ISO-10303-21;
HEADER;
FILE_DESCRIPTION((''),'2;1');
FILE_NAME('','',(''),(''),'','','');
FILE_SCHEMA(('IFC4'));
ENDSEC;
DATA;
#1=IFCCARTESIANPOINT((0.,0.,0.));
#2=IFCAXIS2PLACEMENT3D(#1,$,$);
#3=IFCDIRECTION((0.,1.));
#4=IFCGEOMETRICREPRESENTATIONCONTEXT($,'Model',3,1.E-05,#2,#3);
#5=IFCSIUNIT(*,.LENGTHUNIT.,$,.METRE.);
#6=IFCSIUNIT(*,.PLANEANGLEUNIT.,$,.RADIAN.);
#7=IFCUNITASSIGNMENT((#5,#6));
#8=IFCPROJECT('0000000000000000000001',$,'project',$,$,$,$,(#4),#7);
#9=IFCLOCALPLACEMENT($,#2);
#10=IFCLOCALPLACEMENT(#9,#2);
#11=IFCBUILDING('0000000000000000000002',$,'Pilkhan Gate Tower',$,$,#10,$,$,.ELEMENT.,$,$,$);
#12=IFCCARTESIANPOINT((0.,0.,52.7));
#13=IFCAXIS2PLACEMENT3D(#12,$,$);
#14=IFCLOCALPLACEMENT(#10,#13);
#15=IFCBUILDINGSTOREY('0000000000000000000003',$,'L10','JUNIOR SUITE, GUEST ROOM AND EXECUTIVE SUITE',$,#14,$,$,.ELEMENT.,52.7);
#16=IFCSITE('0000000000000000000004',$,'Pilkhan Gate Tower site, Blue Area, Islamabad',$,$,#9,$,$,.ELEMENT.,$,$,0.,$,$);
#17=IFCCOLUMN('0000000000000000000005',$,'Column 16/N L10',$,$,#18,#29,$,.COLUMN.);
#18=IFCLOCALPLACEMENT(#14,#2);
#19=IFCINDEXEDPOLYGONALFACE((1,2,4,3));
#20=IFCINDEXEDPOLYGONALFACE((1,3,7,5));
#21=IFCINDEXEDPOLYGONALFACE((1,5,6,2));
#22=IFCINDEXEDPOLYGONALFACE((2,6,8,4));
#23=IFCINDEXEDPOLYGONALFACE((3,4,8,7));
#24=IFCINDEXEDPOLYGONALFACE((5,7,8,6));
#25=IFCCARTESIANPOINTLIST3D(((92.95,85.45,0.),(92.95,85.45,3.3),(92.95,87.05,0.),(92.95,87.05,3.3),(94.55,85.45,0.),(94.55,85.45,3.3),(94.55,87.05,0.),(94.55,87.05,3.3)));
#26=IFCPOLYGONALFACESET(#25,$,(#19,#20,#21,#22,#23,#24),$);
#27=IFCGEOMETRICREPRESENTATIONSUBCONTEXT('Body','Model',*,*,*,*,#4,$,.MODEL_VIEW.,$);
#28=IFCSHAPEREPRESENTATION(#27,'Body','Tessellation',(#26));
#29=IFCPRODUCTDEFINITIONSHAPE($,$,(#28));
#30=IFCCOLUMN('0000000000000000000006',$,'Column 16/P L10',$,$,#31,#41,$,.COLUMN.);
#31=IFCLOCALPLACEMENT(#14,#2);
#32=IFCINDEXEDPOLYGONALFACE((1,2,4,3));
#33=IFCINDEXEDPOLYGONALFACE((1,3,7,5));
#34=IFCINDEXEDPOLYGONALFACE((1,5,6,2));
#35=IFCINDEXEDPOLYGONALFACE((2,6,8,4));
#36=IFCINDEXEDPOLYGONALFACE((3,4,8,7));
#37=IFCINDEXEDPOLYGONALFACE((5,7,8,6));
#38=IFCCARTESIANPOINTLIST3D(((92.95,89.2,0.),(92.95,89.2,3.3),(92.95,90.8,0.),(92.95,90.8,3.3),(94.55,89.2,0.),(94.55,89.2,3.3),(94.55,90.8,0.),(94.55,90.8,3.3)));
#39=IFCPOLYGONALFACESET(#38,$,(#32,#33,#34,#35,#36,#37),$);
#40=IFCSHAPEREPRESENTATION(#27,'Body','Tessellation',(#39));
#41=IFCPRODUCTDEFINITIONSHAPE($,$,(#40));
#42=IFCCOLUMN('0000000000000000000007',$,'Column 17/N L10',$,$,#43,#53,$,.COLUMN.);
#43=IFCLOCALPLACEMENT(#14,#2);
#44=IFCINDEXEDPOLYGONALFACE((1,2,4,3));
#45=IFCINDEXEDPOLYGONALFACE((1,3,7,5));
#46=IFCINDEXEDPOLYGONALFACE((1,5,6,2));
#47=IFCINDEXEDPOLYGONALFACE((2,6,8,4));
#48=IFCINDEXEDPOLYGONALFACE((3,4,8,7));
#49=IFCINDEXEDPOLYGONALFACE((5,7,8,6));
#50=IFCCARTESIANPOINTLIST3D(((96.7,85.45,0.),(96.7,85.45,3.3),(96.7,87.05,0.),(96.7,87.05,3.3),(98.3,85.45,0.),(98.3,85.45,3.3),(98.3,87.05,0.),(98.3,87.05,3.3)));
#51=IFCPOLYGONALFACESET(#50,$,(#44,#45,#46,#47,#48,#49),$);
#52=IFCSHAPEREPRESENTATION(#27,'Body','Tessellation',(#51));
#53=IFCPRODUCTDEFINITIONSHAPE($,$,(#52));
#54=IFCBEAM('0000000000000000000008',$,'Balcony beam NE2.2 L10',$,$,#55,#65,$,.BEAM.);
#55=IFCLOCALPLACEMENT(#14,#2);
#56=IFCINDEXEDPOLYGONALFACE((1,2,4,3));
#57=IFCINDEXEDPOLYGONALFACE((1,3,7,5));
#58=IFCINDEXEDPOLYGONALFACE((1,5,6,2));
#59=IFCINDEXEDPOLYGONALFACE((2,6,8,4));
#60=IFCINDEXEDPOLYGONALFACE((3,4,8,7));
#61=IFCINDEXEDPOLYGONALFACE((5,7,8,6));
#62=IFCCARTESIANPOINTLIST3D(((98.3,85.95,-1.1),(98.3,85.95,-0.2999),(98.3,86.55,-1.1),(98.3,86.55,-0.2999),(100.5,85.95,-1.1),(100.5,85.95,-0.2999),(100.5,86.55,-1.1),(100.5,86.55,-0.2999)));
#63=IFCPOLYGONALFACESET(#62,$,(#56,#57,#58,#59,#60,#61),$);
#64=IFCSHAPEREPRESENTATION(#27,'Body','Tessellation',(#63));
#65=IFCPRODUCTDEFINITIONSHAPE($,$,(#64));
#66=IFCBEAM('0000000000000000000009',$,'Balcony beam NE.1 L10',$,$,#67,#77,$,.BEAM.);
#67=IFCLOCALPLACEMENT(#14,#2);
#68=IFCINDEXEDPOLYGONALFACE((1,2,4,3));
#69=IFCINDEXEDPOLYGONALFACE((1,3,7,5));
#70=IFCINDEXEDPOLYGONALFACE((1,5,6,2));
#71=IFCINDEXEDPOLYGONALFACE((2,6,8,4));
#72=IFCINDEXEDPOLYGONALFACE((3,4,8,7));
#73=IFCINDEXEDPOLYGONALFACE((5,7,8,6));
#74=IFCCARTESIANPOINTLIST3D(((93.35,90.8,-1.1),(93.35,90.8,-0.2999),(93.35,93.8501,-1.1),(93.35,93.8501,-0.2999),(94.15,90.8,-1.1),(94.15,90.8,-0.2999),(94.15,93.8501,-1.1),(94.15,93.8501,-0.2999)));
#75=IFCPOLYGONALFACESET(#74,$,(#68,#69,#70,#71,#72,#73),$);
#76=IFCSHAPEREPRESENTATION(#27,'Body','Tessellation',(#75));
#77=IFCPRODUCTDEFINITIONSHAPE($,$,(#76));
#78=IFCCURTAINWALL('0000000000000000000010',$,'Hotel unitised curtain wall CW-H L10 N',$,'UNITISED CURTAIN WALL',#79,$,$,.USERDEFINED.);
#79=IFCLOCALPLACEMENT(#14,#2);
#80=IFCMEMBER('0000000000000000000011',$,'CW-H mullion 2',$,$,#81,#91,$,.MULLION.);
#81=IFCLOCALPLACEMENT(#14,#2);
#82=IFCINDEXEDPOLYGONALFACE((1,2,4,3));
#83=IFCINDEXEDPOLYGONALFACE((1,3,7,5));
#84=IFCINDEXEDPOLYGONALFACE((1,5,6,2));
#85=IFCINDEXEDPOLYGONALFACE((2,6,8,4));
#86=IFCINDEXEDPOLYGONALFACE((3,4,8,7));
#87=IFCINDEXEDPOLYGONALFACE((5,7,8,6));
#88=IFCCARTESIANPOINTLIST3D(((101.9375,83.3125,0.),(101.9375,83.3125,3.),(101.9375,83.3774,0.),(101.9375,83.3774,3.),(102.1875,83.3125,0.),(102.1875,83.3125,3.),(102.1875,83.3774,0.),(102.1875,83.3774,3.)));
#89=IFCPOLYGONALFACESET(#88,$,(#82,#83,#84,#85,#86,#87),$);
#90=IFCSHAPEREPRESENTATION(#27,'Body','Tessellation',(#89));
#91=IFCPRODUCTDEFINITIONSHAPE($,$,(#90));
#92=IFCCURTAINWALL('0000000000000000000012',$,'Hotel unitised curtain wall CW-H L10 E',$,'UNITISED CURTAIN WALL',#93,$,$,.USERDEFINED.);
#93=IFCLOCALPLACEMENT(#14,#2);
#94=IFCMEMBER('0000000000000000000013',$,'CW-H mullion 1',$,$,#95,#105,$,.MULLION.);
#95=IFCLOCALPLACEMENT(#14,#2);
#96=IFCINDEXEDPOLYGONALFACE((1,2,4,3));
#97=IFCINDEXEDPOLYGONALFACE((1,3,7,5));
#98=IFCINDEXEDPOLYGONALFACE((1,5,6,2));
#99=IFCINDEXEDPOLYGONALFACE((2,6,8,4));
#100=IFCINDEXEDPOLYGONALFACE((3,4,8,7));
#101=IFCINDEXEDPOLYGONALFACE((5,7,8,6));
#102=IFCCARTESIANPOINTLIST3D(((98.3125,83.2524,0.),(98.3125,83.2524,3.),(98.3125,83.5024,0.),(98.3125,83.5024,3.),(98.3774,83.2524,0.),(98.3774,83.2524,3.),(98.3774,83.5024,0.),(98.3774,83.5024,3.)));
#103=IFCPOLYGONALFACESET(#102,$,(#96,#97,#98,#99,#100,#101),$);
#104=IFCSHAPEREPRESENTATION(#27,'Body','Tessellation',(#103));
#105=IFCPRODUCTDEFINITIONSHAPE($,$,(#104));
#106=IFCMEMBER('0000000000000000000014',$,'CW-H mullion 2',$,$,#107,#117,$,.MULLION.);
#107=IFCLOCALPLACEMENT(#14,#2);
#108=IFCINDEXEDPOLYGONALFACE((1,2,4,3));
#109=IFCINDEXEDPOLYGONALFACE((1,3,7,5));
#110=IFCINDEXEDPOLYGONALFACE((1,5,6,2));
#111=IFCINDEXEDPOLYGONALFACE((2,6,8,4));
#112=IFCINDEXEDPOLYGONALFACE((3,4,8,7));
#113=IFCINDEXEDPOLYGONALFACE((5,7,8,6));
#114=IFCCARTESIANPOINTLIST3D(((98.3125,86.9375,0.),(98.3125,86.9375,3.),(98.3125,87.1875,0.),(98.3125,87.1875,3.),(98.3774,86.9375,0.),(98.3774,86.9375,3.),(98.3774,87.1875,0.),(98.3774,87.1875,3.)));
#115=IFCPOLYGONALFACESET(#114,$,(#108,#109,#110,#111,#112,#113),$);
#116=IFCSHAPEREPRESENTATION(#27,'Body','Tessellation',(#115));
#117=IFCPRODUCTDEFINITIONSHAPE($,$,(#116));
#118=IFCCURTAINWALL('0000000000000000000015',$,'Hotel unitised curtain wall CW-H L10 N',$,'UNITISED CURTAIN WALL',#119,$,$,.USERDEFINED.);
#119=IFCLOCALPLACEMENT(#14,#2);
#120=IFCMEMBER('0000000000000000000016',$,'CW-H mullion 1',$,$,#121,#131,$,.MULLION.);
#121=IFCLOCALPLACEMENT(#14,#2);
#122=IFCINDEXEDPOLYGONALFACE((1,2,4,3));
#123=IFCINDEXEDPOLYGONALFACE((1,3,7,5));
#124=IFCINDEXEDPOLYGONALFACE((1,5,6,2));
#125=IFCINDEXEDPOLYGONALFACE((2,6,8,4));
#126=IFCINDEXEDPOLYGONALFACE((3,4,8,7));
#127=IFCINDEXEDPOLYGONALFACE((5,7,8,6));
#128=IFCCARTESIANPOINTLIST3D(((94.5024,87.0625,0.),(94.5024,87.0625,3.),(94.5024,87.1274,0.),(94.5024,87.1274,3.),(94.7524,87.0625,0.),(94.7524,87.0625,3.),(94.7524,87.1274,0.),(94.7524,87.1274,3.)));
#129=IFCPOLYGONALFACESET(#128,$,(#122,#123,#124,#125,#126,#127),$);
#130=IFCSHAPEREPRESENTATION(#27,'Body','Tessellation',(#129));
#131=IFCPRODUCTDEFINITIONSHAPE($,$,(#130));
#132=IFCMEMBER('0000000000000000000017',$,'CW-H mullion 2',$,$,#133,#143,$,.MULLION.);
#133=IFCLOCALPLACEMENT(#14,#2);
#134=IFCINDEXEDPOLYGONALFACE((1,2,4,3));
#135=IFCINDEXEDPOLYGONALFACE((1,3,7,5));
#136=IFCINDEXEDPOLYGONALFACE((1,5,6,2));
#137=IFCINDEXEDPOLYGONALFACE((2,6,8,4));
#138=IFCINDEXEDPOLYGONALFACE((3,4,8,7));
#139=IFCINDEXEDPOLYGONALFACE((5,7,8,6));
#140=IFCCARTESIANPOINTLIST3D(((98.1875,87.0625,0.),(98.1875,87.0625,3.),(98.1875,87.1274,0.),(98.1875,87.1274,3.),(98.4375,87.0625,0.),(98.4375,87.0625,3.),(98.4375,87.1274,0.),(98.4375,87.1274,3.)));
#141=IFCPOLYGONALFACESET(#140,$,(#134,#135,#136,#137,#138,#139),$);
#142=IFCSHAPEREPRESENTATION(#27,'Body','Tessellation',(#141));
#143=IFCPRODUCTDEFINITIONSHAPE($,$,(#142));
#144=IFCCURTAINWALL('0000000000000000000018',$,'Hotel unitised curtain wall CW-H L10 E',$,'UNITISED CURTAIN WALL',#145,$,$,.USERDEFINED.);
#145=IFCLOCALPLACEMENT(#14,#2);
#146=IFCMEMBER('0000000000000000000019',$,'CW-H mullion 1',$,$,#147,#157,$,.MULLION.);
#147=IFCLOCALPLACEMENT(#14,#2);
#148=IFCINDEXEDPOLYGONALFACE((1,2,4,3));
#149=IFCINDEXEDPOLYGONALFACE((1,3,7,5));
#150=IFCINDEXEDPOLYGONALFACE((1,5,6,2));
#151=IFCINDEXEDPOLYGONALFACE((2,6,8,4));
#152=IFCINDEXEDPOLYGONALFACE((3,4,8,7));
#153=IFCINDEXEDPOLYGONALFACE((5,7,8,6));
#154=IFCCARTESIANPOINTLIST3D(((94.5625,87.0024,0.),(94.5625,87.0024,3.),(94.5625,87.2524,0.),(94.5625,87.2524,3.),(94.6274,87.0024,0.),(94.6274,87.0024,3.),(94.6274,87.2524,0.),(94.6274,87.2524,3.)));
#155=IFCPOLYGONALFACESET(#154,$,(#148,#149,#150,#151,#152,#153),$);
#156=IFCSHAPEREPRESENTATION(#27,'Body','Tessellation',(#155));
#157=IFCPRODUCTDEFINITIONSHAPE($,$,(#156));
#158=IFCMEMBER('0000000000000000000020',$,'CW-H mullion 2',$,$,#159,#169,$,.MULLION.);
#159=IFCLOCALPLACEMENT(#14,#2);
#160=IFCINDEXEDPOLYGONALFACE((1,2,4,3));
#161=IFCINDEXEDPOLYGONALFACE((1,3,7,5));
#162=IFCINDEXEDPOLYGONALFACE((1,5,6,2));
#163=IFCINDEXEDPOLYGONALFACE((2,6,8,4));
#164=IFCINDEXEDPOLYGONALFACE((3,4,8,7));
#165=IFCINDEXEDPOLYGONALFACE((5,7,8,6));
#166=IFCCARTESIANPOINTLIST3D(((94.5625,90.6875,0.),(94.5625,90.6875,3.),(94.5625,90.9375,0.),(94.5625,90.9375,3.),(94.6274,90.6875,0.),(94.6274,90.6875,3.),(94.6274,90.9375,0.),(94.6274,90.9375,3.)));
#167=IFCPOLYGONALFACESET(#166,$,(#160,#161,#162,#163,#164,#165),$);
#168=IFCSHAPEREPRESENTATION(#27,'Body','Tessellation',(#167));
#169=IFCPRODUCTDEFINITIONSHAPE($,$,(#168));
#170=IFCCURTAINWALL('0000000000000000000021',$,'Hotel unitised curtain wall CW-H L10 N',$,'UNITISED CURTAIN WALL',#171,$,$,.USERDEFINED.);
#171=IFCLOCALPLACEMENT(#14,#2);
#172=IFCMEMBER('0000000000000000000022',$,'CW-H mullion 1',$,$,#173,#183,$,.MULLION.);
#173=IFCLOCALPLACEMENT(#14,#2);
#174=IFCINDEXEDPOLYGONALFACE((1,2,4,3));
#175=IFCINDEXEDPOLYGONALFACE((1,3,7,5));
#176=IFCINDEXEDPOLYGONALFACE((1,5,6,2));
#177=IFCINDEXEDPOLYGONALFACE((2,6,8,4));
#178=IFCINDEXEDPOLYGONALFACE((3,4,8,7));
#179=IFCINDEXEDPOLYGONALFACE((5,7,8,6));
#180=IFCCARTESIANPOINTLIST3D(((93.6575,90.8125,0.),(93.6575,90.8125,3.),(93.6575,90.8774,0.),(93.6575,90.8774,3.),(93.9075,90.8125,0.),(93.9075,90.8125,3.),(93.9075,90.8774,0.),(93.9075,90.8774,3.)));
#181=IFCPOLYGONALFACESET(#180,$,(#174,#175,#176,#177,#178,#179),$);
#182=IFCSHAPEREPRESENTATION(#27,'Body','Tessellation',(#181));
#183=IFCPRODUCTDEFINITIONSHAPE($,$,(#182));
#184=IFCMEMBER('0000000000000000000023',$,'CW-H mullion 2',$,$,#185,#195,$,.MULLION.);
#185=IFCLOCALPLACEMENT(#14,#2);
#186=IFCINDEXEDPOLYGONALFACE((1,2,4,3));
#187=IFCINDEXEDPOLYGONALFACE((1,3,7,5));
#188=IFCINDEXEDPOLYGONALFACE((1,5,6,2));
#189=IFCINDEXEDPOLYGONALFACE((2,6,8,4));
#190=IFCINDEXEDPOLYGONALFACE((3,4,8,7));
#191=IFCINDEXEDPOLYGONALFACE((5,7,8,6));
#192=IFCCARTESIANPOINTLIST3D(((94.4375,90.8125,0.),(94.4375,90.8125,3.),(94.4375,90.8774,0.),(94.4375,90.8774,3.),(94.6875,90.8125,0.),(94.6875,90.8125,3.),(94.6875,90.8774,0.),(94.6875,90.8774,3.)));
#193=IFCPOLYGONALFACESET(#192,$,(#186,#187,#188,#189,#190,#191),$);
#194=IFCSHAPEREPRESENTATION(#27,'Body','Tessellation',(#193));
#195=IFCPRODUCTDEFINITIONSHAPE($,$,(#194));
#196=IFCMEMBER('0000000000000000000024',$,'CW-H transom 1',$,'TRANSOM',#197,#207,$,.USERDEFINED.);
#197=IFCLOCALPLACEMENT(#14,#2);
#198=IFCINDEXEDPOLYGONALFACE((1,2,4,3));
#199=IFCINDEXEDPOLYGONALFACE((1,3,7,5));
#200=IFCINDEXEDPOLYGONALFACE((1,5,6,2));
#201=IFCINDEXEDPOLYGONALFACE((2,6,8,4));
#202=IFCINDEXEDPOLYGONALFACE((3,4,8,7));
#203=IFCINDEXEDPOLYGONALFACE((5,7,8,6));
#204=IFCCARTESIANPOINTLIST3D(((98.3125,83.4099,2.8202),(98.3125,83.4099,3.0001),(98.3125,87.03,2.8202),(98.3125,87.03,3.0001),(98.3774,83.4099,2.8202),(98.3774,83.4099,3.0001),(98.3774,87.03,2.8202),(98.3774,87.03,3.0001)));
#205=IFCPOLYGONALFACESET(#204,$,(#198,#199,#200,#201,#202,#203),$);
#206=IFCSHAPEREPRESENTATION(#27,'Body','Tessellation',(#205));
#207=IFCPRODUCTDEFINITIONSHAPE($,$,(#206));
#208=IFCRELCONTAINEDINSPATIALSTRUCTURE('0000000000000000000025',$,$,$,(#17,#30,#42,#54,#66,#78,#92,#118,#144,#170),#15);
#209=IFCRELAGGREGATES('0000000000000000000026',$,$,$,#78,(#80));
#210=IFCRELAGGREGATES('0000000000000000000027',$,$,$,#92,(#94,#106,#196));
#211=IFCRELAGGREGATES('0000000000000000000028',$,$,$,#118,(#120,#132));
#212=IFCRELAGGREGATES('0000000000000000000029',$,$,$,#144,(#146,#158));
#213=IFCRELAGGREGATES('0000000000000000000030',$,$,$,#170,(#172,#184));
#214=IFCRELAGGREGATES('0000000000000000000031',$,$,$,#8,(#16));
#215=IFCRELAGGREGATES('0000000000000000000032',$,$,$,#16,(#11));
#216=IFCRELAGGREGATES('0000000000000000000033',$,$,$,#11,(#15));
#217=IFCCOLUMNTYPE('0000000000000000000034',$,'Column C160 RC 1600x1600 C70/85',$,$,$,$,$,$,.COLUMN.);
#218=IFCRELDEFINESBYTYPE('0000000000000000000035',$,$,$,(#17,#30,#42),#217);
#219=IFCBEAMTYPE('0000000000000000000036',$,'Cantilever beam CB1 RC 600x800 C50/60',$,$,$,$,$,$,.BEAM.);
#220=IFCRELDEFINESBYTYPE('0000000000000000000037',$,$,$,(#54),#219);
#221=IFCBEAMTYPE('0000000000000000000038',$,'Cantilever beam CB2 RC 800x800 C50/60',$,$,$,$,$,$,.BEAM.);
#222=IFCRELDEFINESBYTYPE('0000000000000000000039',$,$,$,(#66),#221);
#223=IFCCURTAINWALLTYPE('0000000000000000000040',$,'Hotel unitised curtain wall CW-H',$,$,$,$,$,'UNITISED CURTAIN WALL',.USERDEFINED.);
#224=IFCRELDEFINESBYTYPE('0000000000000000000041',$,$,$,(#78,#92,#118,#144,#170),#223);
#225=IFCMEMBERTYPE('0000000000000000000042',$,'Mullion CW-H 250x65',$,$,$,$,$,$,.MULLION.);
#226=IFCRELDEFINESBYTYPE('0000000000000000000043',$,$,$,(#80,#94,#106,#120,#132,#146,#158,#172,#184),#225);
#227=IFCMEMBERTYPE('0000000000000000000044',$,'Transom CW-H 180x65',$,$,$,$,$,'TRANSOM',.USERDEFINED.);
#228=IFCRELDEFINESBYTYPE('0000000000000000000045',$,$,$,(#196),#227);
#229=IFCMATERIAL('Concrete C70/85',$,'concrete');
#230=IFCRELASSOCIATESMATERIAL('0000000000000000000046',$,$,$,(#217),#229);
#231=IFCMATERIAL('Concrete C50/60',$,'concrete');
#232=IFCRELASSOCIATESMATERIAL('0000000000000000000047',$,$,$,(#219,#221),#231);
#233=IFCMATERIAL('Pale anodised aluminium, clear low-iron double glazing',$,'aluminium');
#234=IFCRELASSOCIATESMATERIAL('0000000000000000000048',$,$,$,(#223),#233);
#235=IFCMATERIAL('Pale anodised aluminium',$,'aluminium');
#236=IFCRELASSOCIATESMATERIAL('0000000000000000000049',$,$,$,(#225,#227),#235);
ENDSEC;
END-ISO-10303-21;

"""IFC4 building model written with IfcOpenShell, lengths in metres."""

from ifc_helpers import new_model, si_unit, direction, frame, origin, origin_2d, place, context, subcontext, project, spatial, rectangle, extrude, material, material_profile, profile_set, type_object, element, aggregate, save


model = new_model("IFC4")

# Units and contexts
model_context = context("Model", 3, precision=1e-05, world=origin(), true_north=direction((0.0, 1.0)))
body_context = subcontext(model_context, "Body", "Model", "MODEL_VIEW")
ifc_project = project(units=[si_unit("LENGTHUNIT", "METRE"), si_unit("PLANEANGLEUNIT", "RADIAN")], contexts=[model_context])

# Site, building, storey
site_placement = place(None, origin())
site = spatial("IfcSite", under=ifc_project, at=site_placement, Name="Pilkhan Gate Tower site, Blue Area, Islamabad", CompositionType="ELEMENT", RefElevation=0.0)
building_placement = place(site_placement, origin())
building = spatial("IfcBuilding", under=site, at=building_placement, Name="Pilkhan Gate Tower", CompositionType="ELEMENT")
storey_placement = place(building_placement, frame((0.0, 0.0, 52.7)))
storey = spatial("IfcBuildingStorey", under=building, at=storey_placement, Name="L10", Description="JUNIOR SUITE, GUEST ROOM AND EXECUTIVE SUITE", CompositionType="ELEMENT", Elevation=52.7)

# Columns
ifc_material_1 = material(Name="Concrete C70/85", Category="concrete")
ifc_material_profile_1 = material_profile(ifc_material_1, rectangle(XDim=1.6001, YDim=1.6001, at=origin_2d()), Name="RC 1600x1600")
ifc_profile_set_1 = profile_set([ifc_material_profile_1], Name="Concrete C70/85")
column_type = type_object("IfcColumnType", Name="Column C160 RC 1600x1600 C70/85", PredefinedType="COLUMN", material=ifc_profile_set_1)
for number, where, z_axis, x_axis, name in (
    (1, (93.75, 86.25, 0.0), (0.0, 0.0, 1.0), (1.0, 0.0, 0.0), "Column 16/N L10"),
    (2, (93.75, 90.0, 0.0), (0.0, 0.0, 1.0), (1.0, 0.0, 0.0), "Column 16/P L10"),
    (3, (97.5, 86.25, 0.0), (0.0, 0.0, 1.0), (1.0, 0.0, 0.0), "Column 17/N L10"),
):
    element("IfcColumn", number, at=place(storey_placement, frame(where, z_axis=z_axis, x_axis=x_axis)), inside=storey, type_object=column_type, Name=name, PredefinedType="COLUMN", context=body_context, shape_type="SweptSolid", body=[
        extrude(rectangle(XDim=1.6001, YDim=1.6001, at=origin_2d()), origin(), (0.0, 0.0, 1.0), 3.3),
    ])

# Beams
ifc_material_2 = material(Name="Concrete C50/60", Category="concrete")
ifc_material_profile_2 = material_profile(ifc_material_2, rectangle(XDim=0.6001, YDim=0.8, at=origin_2d()), Name="RC 600x800")
ifc_profile_set_2 = profile_set([ifc_material_profile_2], Name="Concrete C50/60")
beam_type_1 = type_object("IfcBeamType", Name="Cantilever beam CB1 RC 600x800 C50/60", PredefinedType="BEAM", material=ifc_profile_set_2)
beam_1_placement = place(storey_placement, frame((98.3, 86.25, -0.7), z_axis=(1.0, 0.0, 0.0), x_axis=(0.0, 1.0, 0.0)))
element("IfcBeam", 4, at=beam_1_placement, inside=storey, type_object=beam_type_1, Name="Balcony beam NE2.2 L10", PredefinedType="BEAM", context=body_context, shape_type="SweptSolid", body=[
    extrude(rectangle(XDim=0.6001, YDim=0.8, at=origin_2d()), origin(), (0.0, 0.0, 1.0), 2.2),
])
ifc_material_profile_3 = material_profile(ifc_material_2, rectangle(XDim=0.8, YDim=0.8, at=origin_2d()), Name="RC 800x800")
ifc_profile_set_3 = profile_set([ifc_material_profile_3], Name="Concrete C50/60")
beam_type_2 = type_object("IfcBeamType", Name="Cantilever beam CB2 RC 800x800 C50/60", PredefinedType="BEAM", material=ifc_profile_set_3)
beam_2_placement = place(storey_placement, frame((93.75, 90.8, -0.7), z_axis=(0.0, 1.0, 0.0), x_axis=(-1.0, 0.0, 0.0)))
element("IfcBeam", 5, at=beam_2_placement, inside=storey, type_object=beam_type_2, Name="Balcony beam NE.1 L10", PredefinedType="BEAM", context=body_context, shape_type="SweptSolid", body=[
    extrude(rectangle(XDim=0.8, YDim=0.8, at=origin_2d()), origin(), (0.0, 0.0, 1.0), 3.05),
])

# Curtain wall, member
ifc_material_3 = material(Name="Pale anodised aluminium, clear low-iron double glazing", Category="aluminium")
curtain_wall_type = type_object("IfcCurtainWallType", Name="Hotel unitised curtain wall CW-H", ElementType="UNITISED CURTAIN WALL", PredefinedType="USERDEFINED", material=ifc_material_3)
curtain_wall_1_placement = place(storey_placement, origin())
curtain_wall_1 = element("IfcCurtainWall", 6, at=curtain_wall_1_placement, inside=storey, type_object=curtain_wall_type, Name="Hotel unitised curtain wall CW-H L10 N", ObjectType="UNITISED CURTAIN WALL", PredefinedType="USERDEFINED")
ifc_material_4 = material(Name="Pale anodised aluminium", Category="aluminium")
ifc_material_profile_4 = material_profile(ifc_material_4, rectangle(XDim=0.0649, YDim=0.25, at=origin_2d()), Name="Mullion 250x65")
ifc_profile_set_4 = profile_set([ifc_material_profile_4], Name="Pale anodised aluminium")
member_type_1 = type_object("IfcMemberType", Name="Mullion CW-H 250x65", PredefinedType="MULLION", material=ifc_profile_set_4)
member_1_placement = place(storey_placement, frame((102.0625, 83.345, 0.0), z_axis=(0.0, 0.0, 1.0), x_axis=(0.0, 1.0, 0.0)))
member_1 = element("IfcMember", 7, at=member_1_placement, type_object=member_type_1, Name="CW-H mullion 2", PredefinedType="MULLION", context=body_context, shape_type="SweptSolid", body=[
    extrude(rectangle(XDim=0.0649, YDim=0.25, at=origin_2d()), origin(), (0.0, 0.0, 1.0), 3.0),
])
aggregate(curtain_wall_1, [member_1])

# Curtain walls, members
curtain_wall_2_placement = place(storey_placement, origin())
curtain_wall_2 = element("IfcCurtainWall", 8, at=curtain_wall_2_placement, inside=storey, type_object=curtain_wall_type, Name="Hotel unitised curtain wall CW-H L10 E", ObjectType="UNITISED CURTAIN WALL", PredefinedType="USERDEFINED")
member_2_placement = place(storey_placement, frame((98.345, 83.3774, 0.0), z_axis=(0.0, 0.0, 1.0), x_axis=(-1.0, 0.0, 0.0)))
member_2 = element("IfcMember", 9, at=member_2_placement, type_object=member_type_1, Name="CW-H mullion 1", PredefinedType="MULLION", context=body_context, shape_type="SweptSolid", body=[
    extrude(rectangle(XDim=0.0649, YDim=0.25, at=origin_2d()), origin(), (0.0, 0.0, 1.0), 3.0),
])
member_3_placement = place(storey_placement, frame((98.345, 87.0625, 0.0), z_axis=(0.0, 0.0, 1.0), x_axis=(-1.0, 0.0, 0.0)))
member_3 = element("IfcMember", 10, at=member_3_placement, type_object=member_type_1, Name="CW-H mullion 2", PredefinedType="MULLION", context=body_context, shape_type="SweptSolid", body=[
    extrude(rectangle(XDim=0.0649, YDim=0.25, at=origin_2d()), origin(), (0.0, 0.0, 1.0), 3.0),
])
curtain_wall_3_placement = place(storey_placement, origin())
curtain_wall_3 = element("IfcCurtainWall", 11, at=curtain_wall_3_placement, inside=storey, type_object=curtain_wall_type, Name="Hotel unitised curtain wall CW-H L10 N", ObjectType="UNITISED CURTAIN WALL", PredefinedType="USERDEFINED")
member_4_placement = place(storey_placement, frame((94.6274, 87.095, 0.0), z_axis=(0.0, 0.0, 1.0), x_axis=(0.0, 1.0, 0.0)))
member_4 = element("IfcMember", 12, at=member_4_placement, type_object=member_type_1, Name="CW-H mullion 1", PredefinedType="MULLION", context=body_context, shape_type="SweptSolid", body=[
    extrude(rectangle(XDim=0.0649, YDim=0.25, at=origin_2d()), origin(), (0.0, 0.0, 1.0), 3.0),
])
member_5_placement = place(storey_placement, frame((98.3125, 87.095, 0.0), z_axis=(0.0, 0.0, 1.0), x_axis=(0.0, 1.0, 0.0)))
member_5 = element("IfcMember", 13, at=member_5_placement, type_object=member_type_1, Name="CW-H mullion 2", PredefinedType="MULLION", context=body_context, shape_type="SweptSolid", body=[
    extrude(rectangle(XDim=0.0649, YDim=0.25, at=origin_2d()), origin(), (0.0, 0.0, 1.0), 3.0),
])
curtain_wall_4_placement = place(storey_placement, origin())
curtain_wall_4 = element("IfcCurtainWall", 14, at=curtain_wall_4_placement, inside=storey, type_object=curtain_wall_type, Name="Hotel unitised curtain wall CW-H L10 E", ObjectType="UNITISED CURTAIN WALL", PredefinedType="USERDEFINED")
member_6_placement = place(storey_placement, frame((94.595, 87.1274, 0.0), z_axis=(0.0, 0.0, 1.0), x_axis=(-1.0, 0.0, 0.0)))
member_6 = element("IfcMember", 15, at=member_6_placement, type_object=member_type_1, Name="CW-H mullion 1", PredefinedType="MULLION", context=body_context, shape_type="SweptSolid", body=[
    extrude(rectangle(XDim=0.0649, YDim=0.25, at=origin_2d()), origin(), (0.0, 0.0, 1.0), 3.0),
])
member_7_placement = place(storey_placement, frame((94.595, 90.8125, 0.0), z_axis=(0.0, 0.0, 1.0), x_axis=(-1.0, 0.0, 0.0)))
member_7 = element("IfcMember", 16, at=member_7_placement, type_object=member_type_1, Name="CW-H mullion 2", PredefinedType="MULLION", context=body_context, shape_type="SweptSolid", body=[
    extrude(rectangle(XDim=0.0649, YDim=0.25, at=origin_2d()), origin(), (0.0, 0.0, 1.0), 3.0),
])
curtain_wall_5_placement = place(storey_placement, origin())
curtain_wall_5 = element("IfcCurtainWall", 17, at=curtain_wall_5_placement, inside=storey, type_object=curtain_wall_type, Name="Hotel unitised curtain wall CW-H L10 N", ObjectType="UNITISED CURTAIN WALL", PredefinedType="USERDEFINED")
member_8_placement = place(storey_placement, frame((93.7825, 90.845, 0.0), z_axis=(0.0, 0.0, 1.0), x_axis=(0.0, 1.0, 0.0)))
member_8 = element("IfcMember", 18, at=member_8_placement, type_object=member_type_1, Name="CW-H mullion 1", PredefinedType="MULLION", context=body_context, shape_type="SweptSolid", body=[
    extrude(rectangle(XDim=0.0649, YDim=0.25, at=origin_2d()), origin(), (0.0, 0.0, 1.0), 3.0),
])
member_9_placement = place(storey_placement, frame((94.5625, 90.845, 0.0), z_axis=(0.0, 0.0, 1.0), x_axis=(0.0, 1.0, 0.0)))
member_9 = element("IfcMember", 19, at=member_9_placement, type_object=member_type_1, Name="CW-H mullion 2", PredefinedType="MULLION", context=body_context, shape_type="SweptSolid", body=[
    extrude(rectangle(XDim=0.0649, YDim=0.25, at=origin_2d()), origin(), (0.0, 0.0, 1.0), 3.0),
])

# Member
ifc_material_profile_5 = material_profile(ifc_material_4, rectangle(XDim=0.0649, YDim=0.1799, at=origin_2d()), Name="Transom 180x65")
ifc_profile_set_5 = profile_set([ifc_material_profile_5], Name="Pale anodised aluminium")
member_type_2 = type_object("IfcMemberType", Name="Transom CW-H 180x65", ElementType="TRANSOM", PredefinedType="USERDEFINED", material=ifc_profile_set_5)
member_10_placement = place(storey_placement, frame((98.345, 83.4099, 2.9102), z_axis=(0.0, 1.0, 0.0), x_axis=(-1.0, 0.0, 0.0)))
member_10 = element("IfcMember", 20, at=member_10_placement, type_object=member_type_2, Name="CW-H transom 1", ObjectType="TRANSOM", PredefinedType="USERDEFINED", context=body_context, shape_type="SweptSolid", body=[
    extrude(rectangle(XDim=0.0649, YDim=0.1799, at=origin_2d()), origin(), (0.0, 0.0, 1.0), 3.6201),
])

aggregate(curtain_wall_2, [member_2, member_3, member_10])
aggregate(curtain_wall_3, [member_4, member_5])
aggregate(curtain_wall_4, [member_6, member_7])
aggregate(curtain_wall_5, [member_8, member_9])

save(model, "model.ifc")
